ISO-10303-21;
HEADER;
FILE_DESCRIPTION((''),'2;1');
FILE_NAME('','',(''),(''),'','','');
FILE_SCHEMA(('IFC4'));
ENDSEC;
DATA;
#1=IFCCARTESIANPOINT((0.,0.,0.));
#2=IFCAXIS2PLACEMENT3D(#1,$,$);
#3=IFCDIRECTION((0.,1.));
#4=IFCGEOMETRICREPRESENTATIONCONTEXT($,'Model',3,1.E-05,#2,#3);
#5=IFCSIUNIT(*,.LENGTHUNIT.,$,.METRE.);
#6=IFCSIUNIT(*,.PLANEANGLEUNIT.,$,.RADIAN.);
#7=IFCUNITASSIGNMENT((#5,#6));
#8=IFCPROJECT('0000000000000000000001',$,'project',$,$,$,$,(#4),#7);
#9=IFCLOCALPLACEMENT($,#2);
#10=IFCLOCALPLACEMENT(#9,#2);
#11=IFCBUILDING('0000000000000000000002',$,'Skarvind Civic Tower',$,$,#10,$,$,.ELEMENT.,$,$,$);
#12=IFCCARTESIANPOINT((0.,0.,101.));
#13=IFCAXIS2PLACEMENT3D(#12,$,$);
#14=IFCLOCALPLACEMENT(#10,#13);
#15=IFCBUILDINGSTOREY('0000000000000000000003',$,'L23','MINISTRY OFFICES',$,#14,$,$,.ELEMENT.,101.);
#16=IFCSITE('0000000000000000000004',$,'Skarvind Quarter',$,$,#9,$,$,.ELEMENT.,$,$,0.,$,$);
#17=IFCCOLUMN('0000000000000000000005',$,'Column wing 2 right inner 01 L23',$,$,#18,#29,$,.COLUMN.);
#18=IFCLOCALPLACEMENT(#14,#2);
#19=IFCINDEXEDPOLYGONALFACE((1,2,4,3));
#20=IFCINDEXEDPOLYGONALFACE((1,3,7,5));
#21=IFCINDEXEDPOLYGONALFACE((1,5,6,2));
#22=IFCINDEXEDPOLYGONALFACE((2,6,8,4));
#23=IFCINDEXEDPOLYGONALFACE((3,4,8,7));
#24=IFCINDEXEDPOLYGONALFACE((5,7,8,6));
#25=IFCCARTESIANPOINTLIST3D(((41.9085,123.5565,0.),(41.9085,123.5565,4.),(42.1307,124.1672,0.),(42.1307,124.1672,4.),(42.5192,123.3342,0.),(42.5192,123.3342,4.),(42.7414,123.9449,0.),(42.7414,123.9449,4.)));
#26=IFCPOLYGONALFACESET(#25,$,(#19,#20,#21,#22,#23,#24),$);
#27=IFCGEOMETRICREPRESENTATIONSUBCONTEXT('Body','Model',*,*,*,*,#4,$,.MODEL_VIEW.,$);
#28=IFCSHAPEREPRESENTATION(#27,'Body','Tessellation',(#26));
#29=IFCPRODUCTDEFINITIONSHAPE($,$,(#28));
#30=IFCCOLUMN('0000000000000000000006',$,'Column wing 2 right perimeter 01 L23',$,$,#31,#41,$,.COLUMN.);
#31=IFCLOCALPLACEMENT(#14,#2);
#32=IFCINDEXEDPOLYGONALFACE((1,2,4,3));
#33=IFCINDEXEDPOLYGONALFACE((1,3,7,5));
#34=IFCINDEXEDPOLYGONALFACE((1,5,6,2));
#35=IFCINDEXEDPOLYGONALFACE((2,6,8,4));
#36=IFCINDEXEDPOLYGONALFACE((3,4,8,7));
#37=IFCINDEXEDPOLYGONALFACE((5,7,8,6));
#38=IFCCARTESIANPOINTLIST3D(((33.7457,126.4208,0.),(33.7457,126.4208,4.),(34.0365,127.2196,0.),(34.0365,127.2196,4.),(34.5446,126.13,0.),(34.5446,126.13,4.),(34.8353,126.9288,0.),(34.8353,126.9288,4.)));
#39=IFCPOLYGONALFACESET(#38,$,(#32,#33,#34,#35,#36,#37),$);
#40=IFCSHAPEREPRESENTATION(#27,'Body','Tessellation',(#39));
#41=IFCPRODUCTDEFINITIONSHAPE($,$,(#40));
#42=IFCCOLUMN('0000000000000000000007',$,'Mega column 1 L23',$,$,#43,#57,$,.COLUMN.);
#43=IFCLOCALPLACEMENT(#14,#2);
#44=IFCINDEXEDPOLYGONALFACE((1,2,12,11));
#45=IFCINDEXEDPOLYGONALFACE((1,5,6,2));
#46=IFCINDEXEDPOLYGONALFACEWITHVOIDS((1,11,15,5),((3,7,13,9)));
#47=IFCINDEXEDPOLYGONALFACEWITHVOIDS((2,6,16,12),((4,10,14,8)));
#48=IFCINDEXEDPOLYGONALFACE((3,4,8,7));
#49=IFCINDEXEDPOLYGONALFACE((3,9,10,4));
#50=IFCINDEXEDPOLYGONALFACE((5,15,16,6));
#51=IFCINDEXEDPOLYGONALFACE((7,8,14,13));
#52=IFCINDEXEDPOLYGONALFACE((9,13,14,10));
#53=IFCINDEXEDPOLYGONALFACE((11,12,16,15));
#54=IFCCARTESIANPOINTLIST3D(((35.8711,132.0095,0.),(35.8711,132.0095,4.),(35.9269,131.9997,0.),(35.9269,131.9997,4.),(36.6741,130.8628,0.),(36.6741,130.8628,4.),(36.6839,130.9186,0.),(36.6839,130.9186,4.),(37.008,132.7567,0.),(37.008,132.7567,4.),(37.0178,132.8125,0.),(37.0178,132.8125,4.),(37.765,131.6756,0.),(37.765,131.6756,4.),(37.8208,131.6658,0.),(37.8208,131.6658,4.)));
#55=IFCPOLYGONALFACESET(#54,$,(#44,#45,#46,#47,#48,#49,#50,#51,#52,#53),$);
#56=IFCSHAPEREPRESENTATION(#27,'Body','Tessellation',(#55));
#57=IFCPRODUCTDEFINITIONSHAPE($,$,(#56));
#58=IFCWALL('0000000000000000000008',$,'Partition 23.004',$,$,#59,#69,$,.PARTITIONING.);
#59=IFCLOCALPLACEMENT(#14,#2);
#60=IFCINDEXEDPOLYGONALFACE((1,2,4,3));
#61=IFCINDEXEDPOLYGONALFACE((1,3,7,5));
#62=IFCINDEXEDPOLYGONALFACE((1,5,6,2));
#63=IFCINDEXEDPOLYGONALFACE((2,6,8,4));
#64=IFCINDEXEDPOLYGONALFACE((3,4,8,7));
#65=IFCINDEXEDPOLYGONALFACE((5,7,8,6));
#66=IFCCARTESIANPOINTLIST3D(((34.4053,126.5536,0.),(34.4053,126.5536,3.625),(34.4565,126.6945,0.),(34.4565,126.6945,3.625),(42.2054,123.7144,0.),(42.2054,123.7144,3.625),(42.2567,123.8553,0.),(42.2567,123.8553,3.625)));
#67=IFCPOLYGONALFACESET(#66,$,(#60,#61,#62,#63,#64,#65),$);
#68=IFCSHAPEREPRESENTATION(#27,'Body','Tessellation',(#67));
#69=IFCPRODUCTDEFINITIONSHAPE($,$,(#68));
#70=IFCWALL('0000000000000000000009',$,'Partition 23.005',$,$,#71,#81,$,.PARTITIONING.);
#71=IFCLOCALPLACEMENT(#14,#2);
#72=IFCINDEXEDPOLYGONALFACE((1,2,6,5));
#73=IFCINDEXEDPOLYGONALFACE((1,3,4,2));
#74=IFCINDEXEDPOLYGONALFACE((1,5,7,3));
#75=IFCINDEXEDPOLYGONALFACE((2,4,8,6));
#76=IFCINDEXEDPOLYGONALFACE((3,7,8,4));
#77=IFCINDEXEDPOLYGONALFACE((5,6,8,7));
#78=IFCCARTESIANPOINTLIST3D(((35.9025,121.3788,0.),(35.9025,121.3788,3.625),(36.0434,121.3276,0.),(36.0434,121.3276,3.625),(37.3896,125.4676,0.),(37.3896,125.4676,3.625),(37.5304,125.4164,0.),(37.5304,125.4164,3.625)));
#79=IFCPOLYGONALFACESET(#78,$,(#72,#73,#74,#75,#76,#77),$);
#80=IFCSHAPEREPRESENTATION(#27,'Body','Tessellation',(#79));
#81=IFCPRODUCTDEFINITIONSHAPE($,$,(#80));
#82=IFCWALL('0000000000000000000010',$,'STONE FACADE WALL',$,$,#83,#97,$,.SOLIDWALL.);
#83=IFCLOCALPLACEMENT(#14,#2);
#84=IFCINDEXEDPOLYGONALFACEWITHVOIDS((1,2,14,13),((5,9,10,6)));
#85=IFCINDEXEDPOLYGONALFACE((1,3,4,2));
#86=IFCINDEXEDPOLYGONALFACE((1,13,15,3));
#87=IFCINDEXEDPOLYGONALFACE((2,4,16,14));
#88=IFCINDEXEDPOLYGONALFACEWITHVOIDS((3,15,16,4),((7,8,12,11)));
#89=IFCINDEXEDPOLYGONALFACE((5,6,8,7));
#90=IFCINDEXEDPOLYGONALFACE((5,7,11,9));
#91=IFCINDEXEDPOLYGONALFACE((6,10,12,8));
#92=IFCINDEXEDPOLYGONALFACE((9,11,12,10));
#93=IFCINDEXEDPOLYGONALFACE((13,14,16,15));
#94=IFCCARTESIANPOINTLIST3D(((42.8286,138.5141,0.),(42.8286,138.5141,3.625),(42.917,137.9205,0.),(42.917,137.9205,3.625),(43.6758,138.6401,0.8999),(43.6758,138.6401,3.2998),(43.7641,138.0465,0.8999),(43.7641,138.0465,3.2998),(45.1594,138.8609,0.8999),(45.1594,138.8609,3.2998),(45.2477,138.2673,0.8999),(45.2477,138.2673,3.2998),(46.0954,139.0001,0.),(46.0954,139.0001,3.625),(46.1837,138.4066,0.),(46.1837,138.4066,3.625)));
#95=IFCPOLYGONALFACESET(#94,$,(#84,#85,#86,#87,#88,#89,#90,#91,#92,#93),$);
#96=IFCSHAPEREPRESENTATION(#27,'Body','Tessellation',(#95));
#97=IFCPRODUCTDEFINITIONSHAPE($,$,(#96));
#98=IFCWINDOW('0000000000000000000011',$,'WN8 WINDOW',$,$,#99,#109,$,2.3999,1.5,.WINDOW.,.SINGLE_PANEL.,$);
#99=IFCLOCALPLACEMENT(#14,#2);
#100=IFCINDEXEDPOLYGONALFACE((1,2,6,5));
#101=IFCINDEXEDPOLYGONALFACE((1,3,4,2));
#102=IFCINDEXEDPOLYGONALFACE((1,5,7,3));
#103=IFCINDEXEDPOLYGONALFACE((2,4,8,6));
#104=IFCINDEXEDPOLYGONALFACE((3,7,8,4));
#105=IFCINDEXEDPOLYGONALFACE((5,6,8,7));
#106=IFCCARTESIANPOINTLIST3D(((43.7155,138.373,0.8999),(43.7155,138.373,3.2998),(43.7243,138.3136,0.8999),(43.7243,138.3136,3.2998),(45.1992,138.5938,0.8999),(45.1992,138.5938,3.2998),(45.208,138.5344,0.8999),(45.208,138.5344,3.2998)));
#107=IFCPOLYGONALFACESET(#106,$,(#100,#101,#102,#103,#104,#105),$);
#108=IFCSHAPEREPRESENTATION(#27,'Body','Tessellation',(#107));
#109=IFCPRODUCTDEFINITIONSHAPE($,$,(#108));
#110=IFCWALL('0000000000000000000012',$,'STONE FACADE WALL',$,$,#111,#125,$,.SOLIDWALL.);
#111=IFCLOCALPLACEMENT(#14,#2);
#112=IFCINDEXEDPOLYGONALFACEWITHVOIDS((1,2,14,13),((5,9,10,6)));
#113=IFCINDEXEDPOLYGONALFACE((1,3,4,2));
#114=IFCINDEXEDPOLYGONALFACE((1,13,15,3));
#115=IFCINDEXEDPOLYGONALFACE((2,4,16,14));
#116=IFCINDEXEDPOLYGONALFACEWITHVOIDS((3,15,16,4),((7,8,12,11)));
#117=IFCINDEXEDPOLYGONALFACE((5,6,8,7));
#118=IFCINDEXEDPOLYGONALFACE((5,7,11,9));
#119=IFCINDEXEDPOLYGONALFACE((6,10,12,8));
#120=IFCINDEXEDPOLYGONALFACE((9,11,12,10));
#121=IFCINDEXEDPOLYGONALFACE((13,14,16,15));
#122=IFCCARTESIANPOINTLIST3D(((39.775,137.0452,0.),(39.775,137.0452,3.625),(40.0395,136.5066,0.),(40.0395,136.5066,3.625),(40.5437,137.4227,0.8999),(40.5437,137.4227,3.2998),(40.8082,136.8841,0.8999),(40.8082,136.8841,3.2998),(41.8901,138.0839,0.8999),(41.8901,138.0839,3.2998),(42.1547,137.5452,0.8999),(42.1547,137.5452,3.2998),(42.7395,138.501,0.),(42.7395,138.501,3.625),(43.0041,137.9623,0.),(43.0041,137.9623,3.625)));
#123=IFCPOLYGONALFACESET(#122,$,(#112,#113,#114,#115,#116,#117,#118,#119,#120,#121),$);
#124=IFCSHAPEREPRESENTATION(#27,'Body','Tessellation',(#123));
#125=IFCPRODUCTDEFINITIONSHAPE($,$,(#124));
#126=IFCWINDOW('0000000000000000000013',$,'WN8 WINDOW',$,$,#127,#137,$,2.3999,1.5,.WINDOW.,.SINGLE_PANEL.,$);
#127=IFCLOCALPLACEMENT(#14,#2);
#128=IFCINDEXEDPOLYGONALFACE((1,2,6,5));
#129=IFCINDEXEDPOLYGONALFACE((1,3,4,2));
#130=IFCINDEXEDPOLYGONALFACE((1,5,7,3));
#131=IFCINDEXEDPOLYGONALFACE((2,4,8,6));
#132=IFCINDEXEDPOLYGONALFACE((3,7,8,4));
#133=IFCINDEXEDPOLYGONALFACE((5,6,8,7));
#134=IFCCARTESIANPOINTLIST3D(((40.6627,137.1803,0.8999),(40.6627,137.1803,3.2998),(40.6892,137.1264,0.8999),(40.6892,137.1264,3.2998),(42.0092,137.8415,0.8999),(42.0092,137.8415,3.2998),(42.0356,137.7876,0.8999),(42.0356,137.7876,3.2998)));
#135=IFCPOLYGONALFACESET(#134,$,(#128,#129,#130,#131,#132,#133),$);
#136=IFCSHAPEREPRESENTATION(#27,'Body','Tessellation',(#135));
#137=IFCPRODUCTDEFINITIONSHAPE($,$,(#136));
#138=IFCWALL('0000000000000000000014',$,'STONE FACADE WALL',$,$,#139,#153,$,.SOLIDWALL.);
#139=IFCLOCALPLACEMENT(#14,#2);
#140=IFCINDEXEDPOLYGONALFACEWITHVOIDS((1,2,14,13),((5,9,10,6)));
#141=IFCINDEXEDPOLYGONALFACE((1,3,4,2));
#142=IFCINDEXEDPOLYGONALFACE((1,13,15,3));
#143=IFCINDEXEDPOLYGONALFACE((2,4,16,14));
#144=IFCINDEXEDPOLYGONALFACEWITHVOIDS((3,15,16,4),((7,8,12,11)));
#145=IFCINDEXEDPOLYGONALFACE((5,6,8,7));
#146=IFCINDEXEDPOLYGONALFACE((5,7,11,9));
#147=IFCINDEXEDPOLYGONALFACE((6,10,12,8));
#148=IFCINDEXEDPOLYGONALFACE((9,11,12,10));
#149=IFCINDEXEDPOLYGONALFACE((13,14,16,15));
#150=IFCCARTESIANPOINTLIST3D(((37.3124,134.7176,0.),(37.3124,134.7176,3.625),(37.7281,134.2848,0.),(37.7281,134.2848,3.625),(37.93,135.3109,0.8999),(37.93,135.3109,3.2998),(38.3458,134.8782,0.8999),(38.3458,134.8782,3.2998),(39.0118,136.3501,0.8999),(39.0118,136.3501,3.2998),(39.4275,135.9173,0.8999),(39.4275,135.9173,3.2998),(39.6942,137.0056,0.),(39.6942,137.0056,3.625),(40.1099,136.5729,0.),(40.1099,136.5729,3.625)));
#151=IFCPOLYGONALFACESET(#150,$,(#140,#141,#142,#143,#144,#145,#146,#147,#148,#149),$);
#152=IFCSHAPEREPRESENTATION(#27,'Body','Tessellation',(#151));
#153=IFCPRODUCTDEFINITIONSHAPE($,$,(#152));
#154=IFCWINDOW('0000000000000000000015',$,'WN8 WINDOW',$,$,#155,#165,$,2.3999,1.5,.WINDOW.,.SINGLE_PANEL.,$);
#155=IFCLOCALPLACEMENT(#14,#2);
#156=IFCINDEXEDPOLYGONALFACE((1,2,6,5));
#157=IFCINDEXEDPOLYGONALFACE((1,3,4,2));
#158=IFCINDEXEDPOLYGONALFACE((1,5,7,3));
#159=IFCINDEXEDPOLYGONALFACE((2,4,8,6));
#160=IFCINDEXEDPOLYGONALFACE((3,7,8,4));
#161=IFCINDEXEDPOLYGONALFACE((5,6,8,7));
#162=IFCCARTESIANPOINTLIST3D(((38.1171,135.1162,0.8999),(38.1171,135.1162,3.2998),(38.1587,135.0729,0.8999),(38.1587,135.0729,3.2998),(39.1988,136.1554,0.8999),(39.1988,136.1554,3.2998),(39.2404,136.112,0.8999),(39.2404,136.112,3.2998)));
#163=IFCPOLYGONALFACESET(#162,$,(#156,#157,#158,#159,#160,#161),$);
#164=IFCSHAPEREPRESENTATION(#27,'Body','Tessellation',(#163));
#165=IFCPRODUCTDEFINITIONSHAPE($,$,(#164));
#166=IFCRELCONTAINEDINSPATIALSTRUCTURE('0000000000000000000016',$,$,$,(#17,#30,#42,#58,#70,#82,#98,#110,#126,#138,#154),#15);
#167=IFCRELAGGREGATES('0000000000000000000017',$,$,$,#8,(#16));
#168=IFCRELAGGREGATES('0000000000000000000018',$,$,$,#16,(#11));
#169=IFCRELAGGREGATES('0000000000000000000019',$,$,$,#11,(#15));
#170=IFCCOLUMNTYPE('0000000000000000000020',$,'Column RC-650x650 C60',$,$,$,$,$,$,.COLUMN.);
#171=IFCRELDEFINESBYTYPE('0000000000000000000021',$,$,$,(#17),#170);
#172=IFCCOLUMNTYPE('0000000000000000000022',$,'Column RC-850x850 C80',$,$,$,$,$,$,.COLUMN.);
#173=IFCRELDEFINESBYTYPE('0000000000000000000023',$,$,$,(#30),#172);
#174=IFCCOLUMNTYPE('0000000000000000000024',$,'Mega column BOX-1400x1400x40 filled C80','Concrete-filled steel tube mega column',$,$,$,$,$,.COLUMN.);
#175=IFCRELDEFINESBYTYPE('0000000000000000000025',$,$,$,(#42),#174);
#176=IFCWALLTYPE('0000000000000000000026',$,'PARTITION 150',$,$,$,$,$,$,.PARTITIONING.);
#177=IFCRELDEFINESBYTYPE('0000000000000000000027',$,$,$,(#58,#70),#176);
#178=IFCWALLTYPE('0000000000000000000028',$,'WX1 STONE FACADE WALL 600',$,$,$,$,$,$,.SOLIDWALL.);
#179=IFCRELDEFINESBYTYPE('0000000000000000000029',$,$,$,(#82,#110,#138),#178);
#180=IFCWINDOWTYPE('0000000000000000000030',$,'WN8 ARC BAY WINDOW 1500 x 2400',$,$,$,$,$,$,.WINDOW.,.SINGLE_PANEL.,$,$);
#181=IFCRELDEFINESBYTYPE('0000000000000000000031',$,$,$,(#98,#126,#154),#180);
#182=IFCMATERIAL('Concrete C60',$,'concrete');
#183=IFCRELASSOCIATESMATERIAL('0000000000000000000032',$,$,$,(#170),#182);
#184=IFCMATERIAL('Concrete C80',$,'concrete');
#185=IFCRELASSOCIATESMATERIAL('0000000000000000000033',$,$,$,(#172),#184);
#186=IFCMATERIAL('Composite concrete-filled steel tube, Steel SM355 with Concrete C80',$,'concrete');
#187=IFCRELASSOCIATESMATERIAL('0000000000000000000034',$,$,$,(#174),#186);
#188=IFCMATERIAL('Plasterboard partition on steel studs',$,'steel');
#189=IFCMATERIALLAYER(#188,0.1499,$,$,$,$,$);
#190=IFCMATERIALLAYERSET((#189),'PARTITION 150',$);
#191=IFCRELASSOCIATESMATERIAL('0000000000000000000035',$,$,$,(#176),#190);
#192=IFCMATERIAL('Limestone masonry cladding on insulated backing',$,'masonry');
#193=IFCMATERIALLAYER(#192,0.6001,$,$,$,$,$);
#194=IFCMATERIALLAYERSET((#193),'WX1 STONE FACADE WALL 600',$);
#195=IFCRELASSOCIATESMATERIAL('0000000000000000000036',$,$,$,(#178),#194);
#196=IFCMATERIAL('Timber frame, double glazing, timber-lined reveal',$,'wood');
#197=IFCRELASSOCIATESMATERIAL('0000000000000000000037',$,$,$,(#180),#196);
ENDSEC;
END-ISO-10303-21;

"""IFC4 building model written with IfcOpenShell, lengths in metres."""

from ifc_helpers import new_model, si_unit, direction, frame, frame_2d, origin, origin_2d, place, context, subcontext, project, spatial, rectangle, hollow_rectangle, extrude, material, layer, layer_set, material_profile, profile_set, type_object, element, fill, save


model = new_model("IFC4")

# Units and contexts
model_context = context("Model", 3, precision=1e-05, world=origin(), true_north=direction((0.0, 1.0)))
body_context = subcontext(model_context, "Body", "Model", "MODEL_VIEW")
ifc_project = project(units=[si_unit("LENGTHUNIT", "METRE"), si_unit("PLANEANGLEUNIT", "RADIAN")], contexts=[model_context])

# Site, building, storey
site_placement = place(None, origin())
site = spatial("IfcSite", under=ifc_project, at=site_placement, Name="Skarvind Quarter", CompositionType="ELEMENT", RefElevation=0.0)
building_placement = place(site_placement, origin())
building = spatial("IfcBuilding", under=site, at=building_placement, Name="Skarvind Civic Tower", CompositionType="ELEMENT")
storey_placement = place(building_placement, frame((0.0, 0.0, 101.0)))
storey = spatial("IfcBuildingStorey", under=building, at=storey_placement, Name="L23", Description="MINISTRY OFFICES", CompositionType="ELEMENT", Elevation=101.0)

# Columns
ifc_material_1 = material(Name="Concrete C60", Category="concrete")
ifc_material_profile_1 = material_profile(ifc_material_1, rectangle(XDim=0.6499, YDim=0.6499, at=origin_2d()), Name="RC-650x650")
ifc_profile_set_1 = profile_set([ifc_material_profile_1], Name="Concrete C60")
column_type_1 = type_object("IfcColumnType", Name="Column RC-650x650 C60", PredefinedType="COLUMN", material=ifc_profile_set_1)
column_1_placement = place(storey_placement, frame((42.325, 123.7507, 0.0), z_axis=(0.0, 0.0, 1.0), x_axis=(-0.34202, -0.939693, 0.0)))
element("IfcColumn", 1, at=column_1_placement, inside=storey, type_object=column_type_1, Name="Column wing 2 right inner 01 L23", PredefinedType="COLUMN", context=body_context, shape_type="SweptSolid", body=[
    extrude(rectangle(XDim=0.6499, YDim=0.6499, at=origin_2d()), origin(), (0.0, 0.0, 1.0), 4.0),
])
ifc_material_2 = material(Name="Concrete C80", Category="concrete")
ifc_material_profile_2 = material_profile(ifc_material_2, rectangle(XDim=0.8501, YDim=0.8501, at=origin_2d()), Name="RC-850x850")
ifc_profile_set_2 = profile_set([ifc_material_profile_2], Name="Concrete C80")
column_type_2 = type_object("IfcColumnType", Name="Column RC-850x850 C80", PredefinedType="COLUMN", material=ifc_profile_set_2)
column_2_placement = place(storey_placement, frame((34.2905, 126.6748, 0.0), z_axis=(0.0, 0.0, 1.0), x_axis=(-0.34202, -0.939693, 0.0)))
element("IfcColumn", 2, at=column_2_placement, inside=storey, type_object=column_type_2, Name="Column wing 2 right perimeter 01 L23", PredefinedType="COLUMN", context=body_context, shape_type="SweptSolid", body=[
    extrude(rectangle(XDim=0.8501, YDim=0.8501, at=origin_2d()), origin(), (0.0, 0.0, 1.0), 4.0),
])
ifc_material_3 = material(Name="Composite concrete-filled steel tube, Steel SM355 with Concrete C80", Category="concrete")
ifc_material_profile_3 = material_profile(ifc_material_3, hollow_rectangle(XDim=1.3999, YDim=1.3999, WallThickness=0.04, at=origin_2d()), Name="BOX-1400x1400x40")
ifc_profile_set_3 = profile_set([ifc_material_profile_3], Name="Composite concrete-filled steel tube, Steel SM355 with Concrete C80")
column_type_3 = type_object("IfcColumnType", Name="Mega column BOX-1400x1400x40 filled C80", Description="Concrete-filled steel tube mega column", PredefinedType="COLUMN", material=ifc_profile_set_3)
column_3_placement = place(storey_placement, frame((36.8459, 131.8376, 0.0), z_axis=(0.0, 0.0, 1.0), x_axis=(0.573576, -0.819152, 0.0)))
element("IfcColumn", 3, at=column_3_placement, inside=storey, type_object=column_type_3, Name="Mega column 1 L23", PredefinedType="COLUMN", context=body_context, shape_type="SweptSolid", body=[
    extrude(hollow_rectangle(XDim=1.3999, YDim=1.3999, WallThickness=0.04, at=origin_2d()), origin(), (0.0, 0.0, 1.0), 4.0),
])

# Walls
ifc_material_4 = material(Name="Plasterboard partition on steel studs", Category="steel")
ifc_layer_1 = layer(ifc_material_4, 0.1499)
ifc_layer_set_1 = layer_set([ifc_layer_1], Name="PARTITION 150")
wall_type_1 = type_object("IfcWallType", Name="PARTITION 150", PredefinedType="PARTITIONING", material=ifc_layer_set_1)
wall_1_placement = place(storey_placement, frame((34.4309, 126.624, 0.0), z_axis=(0.0, 0.0, 1.0), x_axis=(0.939688, -0.342034, 0.0)))
element("IfcWall", 4, at=wall_1_placement, inside=storey, type_object=wall_type_1, Name="Partition 23.004", PredefinedType="PARTITIONING", context=body_context, shape_type="SweptSolid", body=[
    extrude(rectangle(XDim=8.3008, YDim=0.1499, at=frame_2d((4.1504, 0.0))), origin(), (0.0, 0.0, 1.0), 3.625),
])
wall_2_placement = place(storey_placement, frame((37.46, 125.4419, 0.0), z_axis=(0.0, 0.0, 1.0), x_axis=(-0.341784, -0.939779, 0.0)))
element("IfcWall", 5, at=wall_2_placement, inside=storey, type_object=wall_type_1, Name="Partition 23.005", PredefinedType="PARTITIONING", context=body_context, shape_type="SweptSolid", body=[
    extrude(rectangle(XDim=4.3508, YDim=0.1499, at=frame_2d((2.1753, 0.0))), origin(), (0.0, 0.0, 1.0), 3.625),
])

# Walls, openings, windows
ifc_material_5 = material(Name="Limestone masonry cladding on insulated backing", Category="masonry")
ifc_layer_2 = layer(ifc_material_5, 0.6001)
ifc_layer_set_2 = layer_set([ifc_layer_2], Name="WX1 STONE FACADE WALL 600")
wall_type_2 = type_object("IfcWallType", Name="WX1 STONE FACADE WALL 600", PredefinedType="SOLIDWALL", material=ifc_layer_set_2)
wall_3_placement = place(storey_placement, frame((42.8728, 138.2173, 0.0), z_axis=(0.0, 0.0, 1.0), x_axis=(0.989111, 0.147173, 0.0)))
wall_3 = element("IfcWall", 6, at=wall_3_placement, inside=storey, type_object=wall_type_2, Name="STONE FACADE WALL", PredefinedType="SOLIDWALL", context=body_context, shape_type="SweptSolid", body=[
    extrude(rectangle(XDim=3.3027, YDim=0.6001, at=frame_2d((1.6514, 0.0))), origin(), (0.0, 0.0, 1.0), 3.625),
])
opening_1_placement = place(wall_3_placement, frame((0.8564, 0.0, 0.8999)))
opening_1 = element("IfcOpeningElement", 7, at=opening_1_placement, cuts=wall_3, PredefinedType="OPENING", context=body_context, shape_type="SweptSolid", body=[
    extrude(rectangle(XDim=1.5, YDim=2.3999, at=frame_2d((0.75, 1.2))), frame((0.0, 0.3101, 0.0), z_axis=(0.0, -1.0, 0.0), x_axis=(1.0, 0.0, 0.0)), (0.0, 0.0, 1.0), 0.6201),
])
ifc_material_6 = material(Name="Timber frame, double glazing, timber-lined reveal", Category="wood")
window_type = type_object("IfcWindowType", Name="WN8 ARC BAY WINDOW 1500 x 2400", PartitioningType="SINGLE_PANEL", PredefinedType="WINDOW", material=ifc_material_6)
window_1_placement = place(opening_1_placement, origin())
window_1 = element("IfcWindow", 8, at=window_1_placement, inside=storey, type_object=window_type, Name="WN8 WINDOW", OverallHeight=2.3999, OverallWidth=1.5, PartitioningType="SINGLE_PANEL", PredefinedType="WINDOW", context=body_context, shape_type="SweptSolid", body=[
    extrude(rectangle(XDim=1.5, YDim=2.3999, at=frame_2d((0.75, 1.2))), frame((0.0, 0.03, 0.0), z_axis=(0.0, -1.0, 0.0), x_axis=(1.0, 0.0, 0.0)), (0.0, 0.0, 1.0), 0.0601),
])
fill(opening_1, window_1)
wall_4_placement = place(storey_placement, frame((39.9072, 136.7759, 0.0), z_axis=(0.0, 0.0, 1.0), x_axis=(0.897612, 0.440786, 0.0)))
wall_4 = element("IfcWall", 9, at=wall_4_placement, inside=storey, type_object=wall_type_2, Name="STONE FACADE WALL", PredefinedType="SOLIDWALL", context=body_context, shape_type="SweptSolid", body=[
    extrude(rectangle(XDim=3.3027, YDim=0.6001, at=frame_2d((1.6514, 0.0))), origin(), (0.0, 0.0, 1.0), 3.625),
])
opening_2_placement = place(wall_4_placement, frame((0.8564, 0.0, 0.8999)))
opening_2 = element("IfcOpeningElement", 10, at=opening_2_placement, cuts=wall_4, PredefinedType="OPENING", context=body_context, shape_type="SweptSolid", body=[
    extrude(rectangle(XDim=1.5, YDim=2.3999, at=frame_2d((0.75, 1.2))), frame((0.0, 0.3101, 0.0), z_axis=(0.0, -1.0, 0.0), x_axis=(1.0, 0.0, 0.0)), (0.0, 0.0, 1.0), 0.6201),
])
window_2_placement = place(opening_2_placement, origin())
window_2 = element("IfcWindow", 11, at=window_2_placement, inside=storey, type_object=window_type, Name="WN8 WINDOW", OverallHeight=2.3999, OverallWidth=1.5, PartitioningType="SINGLE_PANEL", PredefinedType="WINDOW", context=body_context, shape_type="SweptSolid", body=[
    extrude(rectangle(XDim=1.5, YDim=2.3999, at=frame_2d((0.75, 1.2))), frame((0.0, 0.03, 0.0), z_axis=(0.0, -1.0, 0.0), x_axis=(1.0, 0.0, 0.0)), (0.0, 0.0, 1.0), 0.0601),
])
fill(opening_2, window_2)
wall_5_placement = place(storey_placement, frame((37.5203, 134.5012, 0.0), z_axis=(0.0, 0.0, 1.0), x_axis=(0.721157, 0.692772, 0.0)))
wall_5 = element("IfcWall", 12, at=wall_5_placement, inside=storey, type_object=wall_type_2, Name="STONE FACADE WALL", PredefinedType="SOLIDWALL", context=body_context, shape_type="SweptSolid", body=[
    extrude(rectangle(XDim=3.3027, YDim=0.6001, at=frame_2d((1.6514, 0.0))), origin(), (0.0, 0.0, 1.0), 3.625),
])
opening_3_placement = place(wall_5_placement, frame((0.8564, 0.0, 0.8999)))
opening_3 = element("IfcOpeningElement", 13, at=opening_3_placement, cuts=wall_5, PredefinedType="OPENING", context=body_context, shape_type="SweptSolid", body=[
    extrude(rectangle(XDim=1.5, YDim=2.3999, at=frame_2d((0.75, 1.2))), frame((0.0, 0.3101, 0.0), z_axis=(0.0, -1.0, 0.0), x_axis=(1.0, 0.0, 0.0)), (0.0, 0.0, 1.0), 0.6201),
])
window_3_placement = place(opening_3_placement, origin())
window_3 = element("IfcWindow", 14, at=window_3_placement, inside=storey, type_object=window_type, Name="WN8 WINDOW", OverallHeight=2.3999, OverallWidth=1.5, PartitioningType="SINGLE_PANEL", PredefinedType="WINDOW", context=body_context, shape_type="SweptSolid", body=[
    extrude(rectangle(XDim=1.5, YDim=2.3999, at=frame_2d((0.75, 1.2))), frame((0.0, 0.03, 0.0), z_axis=(0.0, -1.0, 0.0), x_axis=(1.0, 0.0, 0.0)), (0.0, 0.0, 1.0), 0.0601),
])
fill(opening_3, window_3)

save(model, "model.ifc")
